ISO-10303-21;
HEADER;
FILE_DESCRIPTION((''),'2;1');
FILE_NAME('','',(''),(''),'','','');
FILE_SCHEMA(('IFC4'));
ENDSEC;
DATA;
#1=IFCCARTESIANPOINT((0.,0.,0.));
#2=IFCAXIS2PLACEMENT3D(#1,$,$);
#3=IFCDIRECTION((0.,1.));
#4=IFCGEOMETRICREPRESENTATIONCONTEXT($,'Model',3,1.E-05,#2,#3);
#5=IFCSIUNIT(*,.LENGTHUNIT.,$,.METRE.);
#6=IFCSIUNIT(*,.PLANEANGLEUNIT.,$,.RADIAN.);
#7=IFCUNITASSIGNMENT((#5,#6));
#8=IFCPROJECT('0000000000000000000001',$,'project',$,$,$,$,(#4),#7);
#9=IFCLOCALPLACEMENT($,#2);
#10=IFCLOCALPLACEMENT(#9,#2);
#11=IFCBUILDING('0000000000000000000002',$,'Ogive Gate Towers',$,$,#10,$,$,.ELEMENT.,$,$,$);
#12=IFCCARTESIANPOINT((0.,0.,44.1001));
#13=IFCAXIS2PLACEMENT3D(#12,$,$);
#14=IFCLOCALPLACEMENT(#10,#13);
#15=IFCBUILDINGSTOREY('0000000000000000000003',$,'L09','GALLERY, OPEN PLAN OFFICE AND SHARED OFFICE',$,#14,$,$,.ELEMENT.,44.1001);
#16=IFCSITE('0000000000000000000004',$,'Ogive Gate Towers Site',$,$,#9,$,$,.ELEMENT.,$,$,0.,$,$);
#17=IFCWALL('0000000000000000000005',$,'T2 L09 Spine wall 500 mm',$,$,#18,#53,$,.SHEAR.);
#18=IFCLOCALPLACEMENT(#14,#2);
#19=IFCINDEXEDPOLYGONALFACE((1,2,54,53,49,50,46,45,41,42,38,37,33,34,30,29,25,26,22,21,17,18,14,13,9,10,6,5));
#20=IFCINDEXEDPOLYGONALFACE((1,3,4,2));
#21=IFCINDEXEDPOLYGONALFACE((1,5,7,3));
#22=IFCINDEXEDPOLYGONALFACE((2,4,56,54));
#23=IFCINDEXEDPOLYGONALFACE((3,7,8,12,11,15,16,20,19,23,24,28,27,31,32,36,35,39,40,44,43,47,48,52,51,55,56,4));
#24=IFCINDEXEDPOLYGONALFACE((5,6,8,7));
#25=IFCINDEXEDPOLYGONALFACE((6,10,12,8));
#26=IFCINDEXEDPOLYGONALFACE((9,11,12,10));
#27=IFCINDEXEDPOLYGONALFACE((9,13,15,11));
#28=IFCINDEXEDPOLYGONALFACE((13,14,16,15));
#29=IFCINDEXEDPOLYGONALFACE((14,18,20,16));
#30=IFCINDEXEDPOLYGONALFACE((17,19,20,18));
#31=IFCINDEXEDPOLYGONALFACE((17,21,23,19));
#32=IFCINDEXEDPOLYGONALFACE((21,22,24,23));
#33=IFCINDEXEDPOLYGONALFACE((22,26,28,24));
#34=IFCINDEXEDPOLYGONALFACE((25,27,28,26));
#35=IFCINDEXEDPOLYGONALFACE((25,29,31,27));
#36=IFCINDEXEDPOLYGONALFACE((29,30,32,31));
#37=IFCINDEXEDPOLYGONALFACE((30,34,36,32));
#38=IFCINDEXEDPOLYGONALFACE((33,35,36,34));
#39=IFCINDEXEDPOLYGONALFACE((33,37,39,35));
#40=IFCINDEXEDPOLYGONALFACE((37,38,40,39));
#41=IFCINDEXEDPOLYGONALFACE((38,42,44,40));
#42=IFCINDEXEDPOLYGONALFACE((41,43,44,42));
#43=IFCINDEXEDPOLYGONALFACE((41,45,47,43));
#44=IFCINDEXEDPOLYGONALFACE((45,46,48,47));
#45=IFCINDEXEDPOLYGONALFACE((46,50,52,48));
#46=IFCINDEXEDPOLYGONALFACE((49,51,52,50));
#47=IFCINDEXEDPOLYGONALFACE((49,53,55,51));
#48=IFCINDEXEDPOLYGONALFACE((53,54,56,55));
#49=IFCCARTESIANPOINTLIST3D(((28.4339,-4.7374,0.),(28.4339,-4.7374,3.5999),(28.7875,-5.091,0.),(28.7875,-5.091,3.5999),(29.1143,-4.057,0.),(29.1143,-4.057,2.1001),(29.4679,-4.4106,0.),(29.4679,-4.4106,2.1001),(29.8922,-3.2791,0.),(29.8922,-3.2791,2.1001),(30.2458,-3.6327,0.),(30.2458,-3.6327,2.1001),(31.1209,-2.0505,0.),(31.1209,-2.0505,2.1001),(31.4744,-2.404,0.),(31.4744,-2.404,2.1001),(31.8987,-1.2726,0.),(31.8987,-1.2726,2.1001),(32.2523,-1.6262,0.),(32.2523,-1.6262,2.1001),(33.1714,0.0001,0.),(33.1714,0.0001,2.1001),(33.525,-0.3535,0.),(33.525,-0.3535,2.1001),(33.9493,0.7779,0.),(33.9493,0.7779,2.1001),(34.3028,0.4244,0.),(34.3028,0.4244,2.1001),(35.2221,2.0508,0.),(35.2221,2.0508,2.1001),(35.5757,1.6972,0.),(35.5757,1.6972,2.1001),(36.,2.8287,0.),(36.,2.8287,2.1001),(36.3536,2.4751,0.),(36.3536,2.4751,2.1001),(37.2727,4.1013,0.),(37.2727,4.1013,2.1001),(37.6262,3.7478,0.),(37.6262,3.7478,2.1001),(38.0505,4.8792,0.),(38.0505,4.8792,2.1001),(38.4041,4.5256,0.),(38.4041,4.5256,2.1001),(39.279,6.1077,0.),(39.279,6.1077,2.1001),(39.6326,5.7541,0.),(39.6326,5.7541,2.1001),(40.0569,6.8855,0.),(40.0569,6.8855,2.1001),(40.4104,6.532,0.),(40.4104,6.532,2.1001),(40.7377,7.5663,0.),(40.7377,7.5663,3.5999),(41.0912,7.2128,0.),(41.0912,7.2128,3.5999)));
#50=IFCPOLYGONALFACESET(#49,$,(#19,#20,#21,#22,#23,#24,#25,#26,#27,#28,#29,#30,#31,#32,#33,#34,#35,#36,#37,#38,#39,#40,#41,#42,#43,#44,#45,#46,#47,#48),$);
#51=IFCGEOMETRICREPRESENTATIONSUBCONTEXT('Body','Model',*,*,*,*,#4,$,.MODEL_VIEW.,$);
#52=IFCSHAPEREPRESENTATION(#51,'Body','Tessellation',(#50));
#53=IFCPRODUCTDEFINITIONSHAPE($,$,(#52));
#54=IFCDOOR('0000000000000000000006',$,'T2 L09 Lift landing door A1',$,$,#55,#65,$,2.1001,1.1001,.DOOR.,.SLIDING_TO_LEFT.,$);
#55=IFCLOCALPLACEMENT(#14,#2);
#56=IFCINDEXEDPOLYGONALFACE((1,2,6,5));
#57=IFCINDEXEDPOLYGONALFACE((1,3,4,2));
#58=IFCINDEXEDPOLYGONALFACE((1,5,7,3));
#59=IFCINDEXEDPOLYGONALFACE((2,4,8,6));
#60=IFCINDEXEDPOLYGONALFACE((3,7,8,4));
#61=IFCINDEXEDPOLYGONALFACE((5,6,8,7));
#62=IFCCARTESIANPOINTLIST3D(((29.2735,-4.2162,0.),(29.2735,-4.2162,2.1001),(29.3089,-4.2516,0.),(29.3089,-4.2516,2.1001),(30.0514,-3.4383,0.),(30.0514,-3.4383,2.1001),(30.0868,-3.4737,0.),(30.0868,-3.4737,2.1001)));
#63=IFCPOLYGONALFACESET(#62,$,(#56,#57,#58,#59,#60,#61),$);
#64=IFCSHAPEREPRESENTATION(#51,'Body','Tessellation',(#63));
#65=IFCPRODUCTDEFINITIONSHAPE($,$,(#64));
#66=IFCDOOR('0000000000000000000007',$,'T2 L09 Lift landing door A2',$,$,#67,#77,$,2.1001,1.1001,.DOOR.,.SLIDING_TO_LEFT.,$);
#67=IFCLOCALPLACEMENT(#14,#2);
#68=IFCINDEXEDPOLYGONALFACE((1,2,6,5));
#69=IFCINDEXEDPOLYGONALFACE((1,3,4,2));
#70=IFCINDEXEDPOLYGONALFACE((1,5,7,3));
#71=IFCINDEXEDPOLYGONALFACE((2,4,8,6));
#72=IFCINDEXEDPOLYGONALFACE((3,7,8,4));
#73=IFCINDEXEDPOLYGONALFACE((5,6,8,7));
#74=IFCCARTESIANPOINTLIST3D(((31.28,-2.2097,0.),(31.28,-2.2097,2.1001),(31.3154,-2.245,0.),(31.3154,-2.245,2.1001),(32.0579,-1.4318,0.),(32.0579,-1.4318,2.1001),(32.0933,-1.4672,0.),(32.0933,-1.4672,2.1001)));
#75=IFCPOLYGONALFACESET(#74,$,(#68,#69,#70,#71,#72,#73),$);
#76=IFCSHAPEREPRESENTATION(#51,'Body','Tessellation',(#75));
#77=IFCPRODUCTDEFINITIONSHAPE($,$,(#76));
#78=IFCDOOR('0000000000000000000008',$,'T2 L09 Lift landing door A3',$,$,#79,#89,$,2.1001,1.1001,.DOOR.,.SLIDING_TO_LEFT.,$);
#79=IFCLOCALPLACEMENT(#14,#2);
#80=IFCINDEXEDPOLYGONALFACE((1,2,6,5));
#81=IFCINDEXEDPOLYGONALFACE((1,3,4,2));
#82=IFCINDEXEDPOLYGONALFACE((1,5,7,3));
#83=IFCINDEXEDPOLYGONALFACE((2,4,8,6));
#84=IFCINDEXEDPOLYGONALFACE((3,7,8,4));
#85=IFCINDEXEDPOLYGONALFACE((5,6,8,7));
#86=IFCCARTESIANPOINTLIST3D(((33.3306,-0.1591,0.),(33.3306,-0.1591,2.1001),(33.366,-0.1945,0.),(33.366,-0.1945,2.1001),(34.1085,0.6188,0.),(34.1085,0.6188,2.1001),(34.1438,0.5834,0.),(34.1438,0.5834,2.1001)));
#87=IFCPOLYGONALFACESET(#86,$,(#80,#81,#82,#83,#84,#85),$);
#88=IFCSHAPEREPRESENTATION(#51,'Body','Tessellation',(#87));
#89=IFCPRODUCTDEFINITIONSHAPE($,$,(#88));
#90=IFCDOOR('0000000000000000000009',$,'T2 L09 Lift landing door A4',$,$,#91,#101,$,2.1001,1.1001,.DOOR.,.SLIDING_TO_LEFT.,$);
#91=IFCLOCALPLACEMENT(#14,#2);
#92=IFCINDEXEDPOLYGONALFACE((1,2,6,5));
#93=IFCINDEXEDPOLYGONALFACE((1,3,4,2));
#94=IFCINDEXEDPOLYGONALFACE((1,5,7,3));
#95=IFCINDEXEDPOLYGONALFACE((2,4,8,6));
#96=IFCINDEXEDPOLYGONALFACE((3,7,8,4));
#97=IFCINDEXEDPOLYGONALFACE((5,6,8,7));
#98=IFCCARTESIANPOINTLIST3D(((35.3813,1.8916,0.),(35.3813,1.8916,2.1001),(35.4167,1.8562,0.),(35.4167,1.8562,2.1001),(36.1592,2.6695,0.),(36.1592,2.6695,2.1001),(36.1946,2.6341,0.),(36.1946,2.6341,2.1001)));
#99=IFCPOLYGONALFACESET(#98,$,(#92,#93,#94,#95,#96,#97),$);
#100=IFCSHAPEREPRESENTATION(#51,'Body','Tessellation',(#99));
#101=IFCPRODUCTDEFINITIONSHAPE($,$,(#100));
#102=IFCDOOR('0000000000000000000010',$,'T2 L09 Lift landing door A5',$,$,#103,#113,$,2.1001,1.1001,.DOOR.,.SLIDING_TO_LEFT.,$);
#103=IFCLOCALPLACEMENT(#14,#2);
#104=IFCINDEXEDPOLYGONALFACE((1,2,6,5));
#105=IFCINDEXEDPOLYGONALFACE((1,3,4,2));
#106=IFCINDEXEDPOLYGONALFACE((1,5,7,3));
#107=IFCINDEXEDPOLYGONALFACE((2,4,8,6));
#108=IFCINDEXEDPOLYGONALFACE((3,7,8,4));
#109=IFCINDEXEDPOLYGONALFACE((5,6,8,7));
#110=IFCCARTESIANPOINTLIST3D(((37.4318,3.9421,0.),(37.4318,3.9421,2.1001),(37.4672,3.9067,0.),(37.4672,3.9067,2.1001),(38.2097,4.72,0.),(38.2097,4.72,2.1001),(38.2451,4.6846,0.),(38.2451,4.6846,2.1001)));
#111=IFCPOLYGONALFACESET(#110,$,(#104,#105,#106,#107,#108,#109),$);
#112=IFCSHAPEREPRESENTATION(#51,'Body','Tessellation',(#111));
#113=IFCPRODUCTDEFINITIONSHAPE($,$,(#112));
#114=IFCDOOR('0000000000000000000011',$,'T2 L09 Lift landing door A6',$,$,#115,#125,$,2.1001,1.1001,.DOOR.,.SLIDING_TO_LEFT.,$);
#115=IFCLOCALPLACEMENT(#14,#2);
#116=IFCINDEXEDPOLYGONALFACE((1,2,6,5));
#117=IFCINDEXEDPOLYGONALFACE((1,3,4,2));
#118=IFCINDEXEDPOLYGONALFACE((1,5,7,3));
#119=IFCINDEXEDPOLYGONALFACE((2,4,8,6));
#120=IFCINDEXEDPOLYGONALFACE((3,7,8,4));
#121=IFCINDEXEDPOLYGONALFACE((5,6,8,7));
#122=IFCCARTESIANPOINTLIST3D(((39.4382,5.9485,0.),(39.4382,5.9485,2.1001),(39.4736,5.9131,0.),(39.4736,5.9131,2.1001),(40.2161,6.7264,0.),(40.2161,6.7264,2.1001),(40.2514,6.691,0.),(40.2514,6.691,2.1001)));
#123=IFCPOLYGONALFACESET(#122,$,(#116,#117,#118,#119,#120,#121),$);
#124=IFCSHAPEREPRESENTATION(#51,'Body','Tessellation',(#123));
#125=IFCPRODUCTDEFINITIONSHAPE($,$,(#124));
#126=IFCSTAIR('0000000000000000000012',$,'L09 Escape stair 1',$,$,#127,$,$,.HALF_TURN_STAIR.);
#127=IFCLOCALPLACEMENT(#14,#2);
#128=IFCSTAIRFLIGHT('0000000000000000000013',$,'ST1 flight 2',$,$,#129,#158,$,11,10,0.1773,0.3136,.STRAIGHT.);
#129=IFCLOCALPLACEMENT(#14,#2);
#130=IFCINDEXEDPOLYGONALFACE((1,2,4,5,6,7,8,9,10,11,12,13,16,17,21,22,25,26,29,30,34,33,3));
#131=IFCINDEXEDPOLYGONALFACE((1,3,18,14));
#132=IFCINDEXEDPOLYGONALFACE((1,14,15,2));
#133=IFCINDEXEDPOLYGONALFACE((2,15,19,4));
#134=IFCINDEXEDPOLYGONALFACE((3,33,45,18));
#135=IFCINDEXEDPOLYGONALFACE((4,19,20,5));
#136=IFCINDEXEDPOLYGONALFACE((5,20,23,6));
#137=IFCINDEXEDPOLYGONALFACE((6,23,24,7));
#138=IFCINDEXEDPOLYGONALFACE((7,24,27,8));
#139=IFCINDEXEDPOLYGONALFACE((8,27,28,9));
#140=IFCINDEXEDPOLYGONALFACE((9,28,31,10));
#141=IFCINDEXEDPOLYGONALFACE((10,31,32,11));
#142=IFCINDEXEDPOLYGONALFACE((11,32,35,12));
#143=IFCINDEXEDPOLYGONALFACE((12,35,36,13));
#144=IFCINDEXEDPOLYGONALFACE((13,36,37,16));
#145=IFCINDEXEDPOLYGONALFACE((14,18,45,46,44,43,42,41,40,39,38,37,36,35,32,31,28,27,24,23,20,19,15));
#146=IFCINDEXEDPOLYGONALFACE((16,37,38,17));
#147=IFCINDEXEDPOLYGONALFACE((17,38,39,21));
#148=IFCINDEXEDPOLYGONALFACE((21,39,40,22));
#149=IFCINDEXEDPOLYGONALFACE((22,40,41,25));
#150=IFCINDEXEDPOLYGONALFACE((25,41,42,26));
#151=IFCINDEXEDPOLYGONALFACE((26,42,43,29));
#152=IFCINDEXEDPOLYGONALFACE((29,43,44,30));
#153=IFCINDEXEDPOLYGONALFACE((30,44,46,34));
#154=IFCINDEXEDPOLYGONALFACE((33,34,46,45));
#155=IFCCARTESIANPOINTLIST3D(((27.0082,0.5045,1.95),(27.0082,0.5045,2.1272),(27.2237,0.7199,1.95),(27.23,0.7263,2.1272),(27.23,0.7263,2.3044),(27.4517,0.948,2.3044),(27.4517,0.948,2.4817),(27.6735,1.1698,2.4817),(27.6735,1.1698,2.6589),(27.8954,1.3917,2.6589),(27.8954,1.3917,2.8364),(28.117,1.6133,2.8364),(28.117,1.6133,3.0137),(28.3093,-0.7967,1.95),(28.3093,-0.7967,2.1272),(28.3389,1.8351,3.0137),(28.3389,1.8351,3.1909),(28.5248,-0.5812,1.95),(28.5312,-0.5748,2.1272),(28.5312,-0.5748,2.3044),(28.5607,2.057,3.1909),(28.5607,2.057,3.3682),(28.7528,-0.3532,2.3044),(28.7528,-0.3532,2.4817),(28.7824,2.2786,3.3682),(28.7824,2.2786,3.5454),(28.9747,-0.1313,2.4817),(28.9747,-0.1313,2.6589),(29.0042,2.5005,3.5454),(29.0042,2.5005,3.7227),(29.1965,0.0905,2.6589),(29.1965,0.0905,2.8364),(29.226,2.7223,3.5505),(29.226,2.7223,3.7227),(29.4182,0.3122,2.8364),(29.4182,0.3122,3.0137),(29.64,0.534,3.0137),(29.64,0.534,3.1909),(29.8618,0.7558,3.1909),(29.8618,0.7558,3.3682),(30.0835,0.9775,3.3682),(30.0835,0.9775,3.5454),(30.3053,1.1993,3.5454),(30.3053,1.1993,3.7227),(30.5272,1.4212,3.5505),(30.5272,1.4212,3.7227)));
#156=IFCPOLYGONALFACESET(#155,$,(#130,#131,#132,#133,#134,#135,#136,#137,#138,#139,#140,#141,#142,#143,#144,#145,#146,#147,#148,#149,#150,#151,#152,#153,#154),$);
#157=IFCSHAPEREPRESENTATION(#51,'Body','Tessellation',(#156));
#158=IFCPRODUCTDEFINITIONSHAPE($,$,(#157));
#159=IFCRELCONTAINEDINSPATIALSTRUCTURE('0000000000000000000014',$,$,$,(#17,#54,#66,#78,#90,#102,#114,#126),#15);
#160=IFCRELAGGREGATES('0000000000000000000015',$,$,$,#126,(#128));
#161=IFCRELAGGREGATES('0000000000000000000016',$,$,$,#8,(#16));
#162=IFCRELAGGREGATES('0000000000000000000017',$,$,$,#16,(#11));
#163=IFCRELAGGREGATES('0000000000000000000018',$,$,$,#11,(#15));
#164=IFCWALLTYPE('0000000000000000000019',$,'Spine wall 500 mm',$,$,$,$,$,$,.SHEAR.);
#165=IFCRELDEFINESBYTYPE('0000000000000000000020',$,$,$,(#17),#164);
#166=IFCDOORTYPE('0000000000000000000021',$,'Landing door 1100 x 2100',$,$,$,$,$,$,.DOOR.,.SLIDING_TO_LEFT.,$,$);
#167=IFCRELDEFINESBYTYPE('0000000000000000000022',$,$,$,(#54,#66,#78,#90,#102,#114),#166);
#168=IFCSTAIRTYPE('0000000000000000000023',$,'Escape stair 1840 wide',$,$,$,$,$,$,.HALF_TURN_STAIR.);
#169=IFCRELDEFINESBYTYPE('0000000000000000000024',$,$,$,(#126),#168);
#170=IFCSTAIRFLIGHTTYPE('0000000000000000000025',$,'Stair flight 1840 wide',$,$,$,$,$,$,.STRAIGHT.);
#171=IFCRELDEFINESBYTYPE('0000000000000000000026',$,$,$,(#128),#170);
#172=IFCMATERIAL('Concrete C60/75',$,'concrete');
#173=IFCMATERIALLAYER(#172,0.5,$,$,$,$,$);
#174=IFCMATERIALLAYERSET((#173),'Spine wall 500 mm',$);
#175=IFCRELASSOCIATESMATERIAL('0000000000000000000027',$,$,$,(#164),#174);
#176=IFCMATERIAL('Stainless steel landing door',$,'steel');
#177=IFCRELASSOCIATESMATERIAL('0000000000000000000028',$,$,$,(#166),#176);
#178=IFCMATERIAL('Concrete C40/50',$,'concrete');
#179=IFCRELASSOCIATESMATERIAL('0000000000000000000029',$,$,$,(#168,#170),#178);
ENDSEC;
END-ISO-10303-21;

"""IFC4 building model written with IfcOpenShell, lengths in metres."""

from ifc_helpers import new_model, si_unit, direction, frame, frame_2d, origin, place, context, subcontext, project, spatial, polyline, rectangle, outline, extrude, material, layer, layer_set, type_object, element, fill, aggregate, save


model = new_model("IFC4")

# Units and contexts
model_context = context("Model", 3, precision=1e-05, world=origin(), true_north=direction((0.0, 1.0)))
body_context = subcontext(model_context, "Body", "Model", "MODEL_VIEW")
ifc_project = project(units=[si_unit("LENGTHUNIT", "METRE"), si_unit("PLANEANGLEUNIT", "RADIAN")], contexts=[model_context])

# Site, building, storey
site_placement = place(None, origin())
site = spatial("IfcSite", under=ifc_project, at=site_placement, Name="Ogive Gate Towers Site", CompositionType="ELEMENT", RefElevation=0.0)
building_placement = place(site_placement, origin())
building = spatial("IfcBuilding", under=site, at=building_placement, Name="Ogive Gate Towers", CompositionType="ELEMENT")
storey_placement = place(building_placement, frame((0.0, 0.0, 44.1001)))
storey = spatial("IfcBuildingStorey", under=building, at=storey_placement, Name="L09", Description="GALLERY, OPEN PLAN OFFICE AND SHARED OFFICE", CompositionType="ELEMENT", Elevation=44.1001)

# Shared definitions
ifc_material_1 = material(Name="Concrete C60/75", Category="concrete")

# Wall, openings, doors
ifc_layer_1 = layer(ifc_material_1, 0.5)
ifc_layer_set_1 = layer_set([ifc_layer_1], Name="Spine wall 500 mm")
wall_type_1 = type_object("IfcWallType", Name="Spine wall 500 mm", PredefinedType="SHEAR", material=ifc_layer_set_1)
ifc_material_2 = material(Name="Stainless steel landing door", Category="steel")
wall_1_placement = place(storey_placement, frame((28.6106, -4.9143, 0.0), z_axis=(0.0, 0.0, 1.0), x_axis=(0.707107, 0.707107, 0.0)))
wall_1 = element("IfcWall", 1, at=wall_1_placement, inside=storey, type_object=wall_type_1, Name="T2 L09 Spine wall 500 mm", PredefinedType="SHEAR", context=body_context, shape_type="SweptSolid", body=[
    extrude(rectangle(XDim=17.4001, YDim=0.5, at=frame_2d((8.7002, 0.0))), origin(), (0.0, 0.0, 1.0), 3.5999),
])
opening_1_placement = place(wall_1_placement, frame((0.9624, 0.0, 0.0)))
opening_1 = element("IfcOpeningElement", 2, at=opening_1_placement, cuts=wall_1, PredefinedType="OPENING", context=body_context, shape_type="SweptSolid", body=[
    extrude(rectangle(XDim=1.1001, YDim=2.1001, at=frame_2d((0.55, 1.05))), frame((0.0, 0.26, 0.0), z_axis=(0.0, -1.0, 0.0), x_axis=(1.0, 0.0, 0.0)), (0.0, 0.0, 1.0), 0.52),
])
opening_2_placement = place(wall_1_placement, frame((3.8, 0.0, 0.0)))
opening_2 = element("IfcOpeningElement", 3, at=opening_2_placement, cuts=wall_1, PredefinedType="OPENING", context=body_context, shape_type="SweptSolid", body=[
    extrude(rectangle(XDim=1.1001, YDim=2.1001, at=frame_2d((0.55, 1.05))), frame((0.0, 0.26, 0.0), z_axis=(0.0, -1.0, 0.0), x_axis=(1.0, 0.0, 0.0)), (0.0, 0.0, 1.0), 0.52),
])
opening_3_placement = place(wall_1_placement, frame((6.7, 0.0, 0.0)))
opening_3 = element("IfcOpeningElement", 4, at=opening_3_placement, cuts=wall_1, PredefinedType="OPENING", context=body_context, shape_type="SweptSolid", body=[
    extrude(rectangle(XDim=1.1001, YDim=2.1001, at=frame_2d((0.55, 1.05))), frame((0.0, 0.26, 0.0), z_axis=(0.0, -1.0, 0.0), x_axis=(1.0, 0.0, 0.0)), (0.0, 0.0, 1.0), 0.52),
])
opening_4_placement = place(wall_1_placement, frame((9.6001, 0.0, 0.0)))
opening_4 = element("IfcOpeningElement", 5, at=opening_4_placement, cuts=wall_1, PredefinedType="OPENING", context=body_context, shape_type="SweptSolid", body=[
    extrude(rectangle(XDim=1.1001, YDim=2.1001, at=frame_2d((0.55, 1.05))), frame((0.0, 0.26, 0.0), z_axis=(0.0, -1.0, 0.0), x_axis=(1.0, 0.0, 0.0)), (0.0, 0.0, 1.0), 0.52),
])
opening_5_placement = place(wall_1_placement, frame((12.5, 0.0, 0.0)))
opening_5 = element("IfcOpeningElement", 6, at=opening_5_placement, cuts=wall_1, PredefinedType="OPENING", context=body_context, shape_type="SweptSolid", body=[
    extrude(rectangle(XDim=1.1001, YDim=2.1001, at=frame_2d((0.55, 1.05))), frame((0.0, 0.26, 0.0), z_axis=(0.0, -1.0, 0.0), x_axis=(1.0, 0.0, 0.0)), (0.0, 0.0, 1.0), 0.52),
])
opening_6_placement = place(wall_1_placement, frame((15.3374, 0.0, 0.0)))
opening_6 = element("IfcOpeningElement", 7, at=opening_6_placement, cuts=wall_1, PredefinedType="OPENING", context=body_context, shape_type="SweptSolid", body=[
    extrude(rectangle(XDim=1.1001, YDim=2.1001, at=frame_2d((0.55, 1.05))), frame((0.0, 0.26, 0.0), z_axis=(0.0, -1.0, 0.0), x_axis=(1.0, 0.0, 0.0)), (0.0, 0.0, 1.0), 0.52),
])
door_type_1 = type_object("IfcDoorType", Name="Landing door 1100 x 2100", OperationType="SLIDING_TO_LEFT", PredefinedType="DOOR", material=ifc_material_2)
door_1_placement = place(opening_1_placement, origin())
door_1 = element("IfcDoor", 8, at=door_1_placement, inside=storey, type_object=door_type_1, Name="T2 L09 Lift landing door A1", OperationType="SLIDING_TO_LEFT", OverallHeight=2.1001, OverallWidth=1.1001, PredefinedType="DOOR", context=body_context, shape_type="SweptSolid", body=[
    extrude(rectangle(XDim=1.1001, YDim=2.1001, at=frame_2d((0.55, 1.05))), frame((0.0, 0.0249, 0.0), z_axis=(0.0, -1.0, 0.0), x_axis=(1.0, 0.0, 0.0)), (0.0, 0.0, 1.0), 0.05),
])
fill(opening_1, door_1)
door_2_placement = place(opening_2_placement, origin())
door_2 = element("IfcDoor", 9, at=door_2_placement, inside=storey, type_object=door_type_1, Name="T2 L09 Lift landing door A2", OperationType="SLIDING_TO_LEFT", OverallHeight=2.1001, OverallWidth=1.1001, PredefinedType="DOOR", context=body_context, shape_type="SweptSolid", body=[
    extrude(rectangle(XDim=1.1001, YDim=2.1001, at=frame_2d((0.55, 1.05))), frame((0.0, 0.0249, 0.0), z_axis=(0.0, -1.0, 0.0), x_axis=(1.0, 0.0, 0.0)), (0.0, 0.0, 1.0), 0.05),
])
fill(opening_2, door_2)
door_3_placement = place(opening_3_placement, origin())
door_3 = element("IfcDoor", 10, at=door_3_placement, inside=storey, type_object=door_type_1, Name="T2 L09 Lift landing door A3", OperationType="SLIDING_TO_LEFT", OverallHeight=2.1001, OverallWidth=1.1001, PredefinedType="DOOR", context=body_context, shape_type="SweptSolid", body=[
    extrude(rectangle(XDim=1.1001, YDim=2.1001, at=frame_2d((0.55, 1.05))), frame((0.0, 0.0249, 0.0), z_axis=(0.0, -1.0, 0.0), x_axis=(1.0, 0.0, 0.0)), (0.0, 0.0, 1.0), 0.05),
])
fill(opening_3, door_3)
door_4_placement = place(opening_4_placement, origin())
door_4 = element("IfcDoor", 11, at=door_4_placement, inside=storey, type_object=door_type_1, Name="T2 L09 Lift landing door A4", OperationType="SLIDING_TO_LEFT", OverallHeight=2.1001, OverallWidth=1.1001, PredefinedType="DOOR", context=body_context, shape_type="SweptSolid", body=[
    extrude(rectangle(XDim=1.1001, YDim=2.1001, at=frame_2d((0.55, 1.05))), frame((0.0, 0.0249, 0.0), z_axis=(0.0, -1.0, 0.0), x_axis=(1.0, 0.0, 0.0)), (0.0, 0.0, 1.0), 0.05),
])
fill(opening_4, door_4)
door_5_placement = place(opening_5_placement, origin())
door_5 = element("IfcDoor", 12, at=door_5_placement, inside=storey, type_object=door_type_1, Name="T2 L09 Lift landing door A5", OperationType="SLIDING_TO_LEFT", OverallHeight=2.1001, OverallWidth=1.1001, PredefinedType="DOOR", context=body_context, shape_type="SweptSolid", body=[
    extrude(rectangle(XDim=1.1001, YDim=2.1001, at=frame_2d((0.55, 1.05))), frame((0.0, 0.0249, 0.0), z_axis=(0.0, -1.0, 0.0), x_axis=(1.0, 0.0, 0.0)), (0.0, 0.0, 1.0), 0.05),
])
fill(opening_5, door_5)
door_6_placement = place(opening_6_placement, origin())
door_6 = element("IfcDoor", 13, at=door_6_placement, inside=storey, type_object=door_type_1, Name="T2 L09 Lift landing door A6", OperationType="SLIDING_TO_LEFT", OverallHeight=2.1001, OverallWidth=1.1001, PredefinedType="DOOR", context=body_context, shape_type="SweptSolid", body=[
    extrude(rectangle(XDim=1.1001, YDim=2.1001, at=frame_2d((0.55, 1.05))), frame((0.0, 0.0249, 0.0), z_axis=(0.0, -1.0, 0.0), x_axis=(1.0, 0.0, 0.0)), (0.0, 0.0, 1.0), 0.05),
])
fill(opening_6, door_6)

# Stair, stair flight
ifc_material_3 = material(Name="Concrete C40/50", Category="concrete")
stair_type = type_object("IfcStairType", Name="Escape stair 1840 wide", PredefinedType="HALF_TURN_STAIR", material=ifc_material_3)
stair_placement = place(storey_placement, origin())
stair = element("IfcStair", 14, at=stair_placement, inside=storey, type_object=stair_type, Name="L09 Escape stair 1", PredefinedType="HALF_TURN_STAIR")
stair_flight_type = type_object("IfcStairFlightType", Name="Stair flight 1840 wide", PredefinedType="STRAIGHT", material=ifc_material_3)
stair_flight_placement = place(storey_placement, frame((27.6587, -0.146, 1.95), z_axis=(0.0, 0.0, 1.0), x_axis=(0.707107, 0.707107, 0.0)))
stair_flight = element("IfcStairFlight", 15, at=stair_flight_placement, type_object=stair_flight_type, Name="ST1 flight 2", NumberOfRisers=11, NumberOfTreads=10, PredefinedType="STRAIGHT", RiserHeight=0.1773, TreadLength=0.3136, context=body_context, shape_type="SweptSolid", body=[
    extrude(outline(polyline([(0.0, 0.0), (0.0, 0.1772), (0.3137, 0.1772), (0.3137, 0.3545), (0.6272, 0.3545), (0.6272, 0.5317), (0.9409, 0.5317), (0.9409, 0.709), (1.2546, 0.709), (1.2546, 0.8865), (1.5681, 0.8865), (1.5681, 1.0637), (1.8818, 1.0637), (1.8818, 1.241), (2.1956, 1.241), (2.1956, 1.4182), (2.509, 1.4182), (2.509, 1.5955), (2.8228, 1.5955), (2.8228, 1.7727), (3.1365, 1.7727), (3.1365, 1.95), (3.1365, 1.6006), (0.3047, 0.0), (0.0, 0.0)])), frame((0.0, 0.9199, 0.0), z_axis=(0.0, -1.0, 0.0), x_axis=(1.0, 0.0, 0.0)), (0.0, 0.0, 1.0), 1.8401),
])
aggregate(stair, [stair_flight])

save(model, "model.ifc")
